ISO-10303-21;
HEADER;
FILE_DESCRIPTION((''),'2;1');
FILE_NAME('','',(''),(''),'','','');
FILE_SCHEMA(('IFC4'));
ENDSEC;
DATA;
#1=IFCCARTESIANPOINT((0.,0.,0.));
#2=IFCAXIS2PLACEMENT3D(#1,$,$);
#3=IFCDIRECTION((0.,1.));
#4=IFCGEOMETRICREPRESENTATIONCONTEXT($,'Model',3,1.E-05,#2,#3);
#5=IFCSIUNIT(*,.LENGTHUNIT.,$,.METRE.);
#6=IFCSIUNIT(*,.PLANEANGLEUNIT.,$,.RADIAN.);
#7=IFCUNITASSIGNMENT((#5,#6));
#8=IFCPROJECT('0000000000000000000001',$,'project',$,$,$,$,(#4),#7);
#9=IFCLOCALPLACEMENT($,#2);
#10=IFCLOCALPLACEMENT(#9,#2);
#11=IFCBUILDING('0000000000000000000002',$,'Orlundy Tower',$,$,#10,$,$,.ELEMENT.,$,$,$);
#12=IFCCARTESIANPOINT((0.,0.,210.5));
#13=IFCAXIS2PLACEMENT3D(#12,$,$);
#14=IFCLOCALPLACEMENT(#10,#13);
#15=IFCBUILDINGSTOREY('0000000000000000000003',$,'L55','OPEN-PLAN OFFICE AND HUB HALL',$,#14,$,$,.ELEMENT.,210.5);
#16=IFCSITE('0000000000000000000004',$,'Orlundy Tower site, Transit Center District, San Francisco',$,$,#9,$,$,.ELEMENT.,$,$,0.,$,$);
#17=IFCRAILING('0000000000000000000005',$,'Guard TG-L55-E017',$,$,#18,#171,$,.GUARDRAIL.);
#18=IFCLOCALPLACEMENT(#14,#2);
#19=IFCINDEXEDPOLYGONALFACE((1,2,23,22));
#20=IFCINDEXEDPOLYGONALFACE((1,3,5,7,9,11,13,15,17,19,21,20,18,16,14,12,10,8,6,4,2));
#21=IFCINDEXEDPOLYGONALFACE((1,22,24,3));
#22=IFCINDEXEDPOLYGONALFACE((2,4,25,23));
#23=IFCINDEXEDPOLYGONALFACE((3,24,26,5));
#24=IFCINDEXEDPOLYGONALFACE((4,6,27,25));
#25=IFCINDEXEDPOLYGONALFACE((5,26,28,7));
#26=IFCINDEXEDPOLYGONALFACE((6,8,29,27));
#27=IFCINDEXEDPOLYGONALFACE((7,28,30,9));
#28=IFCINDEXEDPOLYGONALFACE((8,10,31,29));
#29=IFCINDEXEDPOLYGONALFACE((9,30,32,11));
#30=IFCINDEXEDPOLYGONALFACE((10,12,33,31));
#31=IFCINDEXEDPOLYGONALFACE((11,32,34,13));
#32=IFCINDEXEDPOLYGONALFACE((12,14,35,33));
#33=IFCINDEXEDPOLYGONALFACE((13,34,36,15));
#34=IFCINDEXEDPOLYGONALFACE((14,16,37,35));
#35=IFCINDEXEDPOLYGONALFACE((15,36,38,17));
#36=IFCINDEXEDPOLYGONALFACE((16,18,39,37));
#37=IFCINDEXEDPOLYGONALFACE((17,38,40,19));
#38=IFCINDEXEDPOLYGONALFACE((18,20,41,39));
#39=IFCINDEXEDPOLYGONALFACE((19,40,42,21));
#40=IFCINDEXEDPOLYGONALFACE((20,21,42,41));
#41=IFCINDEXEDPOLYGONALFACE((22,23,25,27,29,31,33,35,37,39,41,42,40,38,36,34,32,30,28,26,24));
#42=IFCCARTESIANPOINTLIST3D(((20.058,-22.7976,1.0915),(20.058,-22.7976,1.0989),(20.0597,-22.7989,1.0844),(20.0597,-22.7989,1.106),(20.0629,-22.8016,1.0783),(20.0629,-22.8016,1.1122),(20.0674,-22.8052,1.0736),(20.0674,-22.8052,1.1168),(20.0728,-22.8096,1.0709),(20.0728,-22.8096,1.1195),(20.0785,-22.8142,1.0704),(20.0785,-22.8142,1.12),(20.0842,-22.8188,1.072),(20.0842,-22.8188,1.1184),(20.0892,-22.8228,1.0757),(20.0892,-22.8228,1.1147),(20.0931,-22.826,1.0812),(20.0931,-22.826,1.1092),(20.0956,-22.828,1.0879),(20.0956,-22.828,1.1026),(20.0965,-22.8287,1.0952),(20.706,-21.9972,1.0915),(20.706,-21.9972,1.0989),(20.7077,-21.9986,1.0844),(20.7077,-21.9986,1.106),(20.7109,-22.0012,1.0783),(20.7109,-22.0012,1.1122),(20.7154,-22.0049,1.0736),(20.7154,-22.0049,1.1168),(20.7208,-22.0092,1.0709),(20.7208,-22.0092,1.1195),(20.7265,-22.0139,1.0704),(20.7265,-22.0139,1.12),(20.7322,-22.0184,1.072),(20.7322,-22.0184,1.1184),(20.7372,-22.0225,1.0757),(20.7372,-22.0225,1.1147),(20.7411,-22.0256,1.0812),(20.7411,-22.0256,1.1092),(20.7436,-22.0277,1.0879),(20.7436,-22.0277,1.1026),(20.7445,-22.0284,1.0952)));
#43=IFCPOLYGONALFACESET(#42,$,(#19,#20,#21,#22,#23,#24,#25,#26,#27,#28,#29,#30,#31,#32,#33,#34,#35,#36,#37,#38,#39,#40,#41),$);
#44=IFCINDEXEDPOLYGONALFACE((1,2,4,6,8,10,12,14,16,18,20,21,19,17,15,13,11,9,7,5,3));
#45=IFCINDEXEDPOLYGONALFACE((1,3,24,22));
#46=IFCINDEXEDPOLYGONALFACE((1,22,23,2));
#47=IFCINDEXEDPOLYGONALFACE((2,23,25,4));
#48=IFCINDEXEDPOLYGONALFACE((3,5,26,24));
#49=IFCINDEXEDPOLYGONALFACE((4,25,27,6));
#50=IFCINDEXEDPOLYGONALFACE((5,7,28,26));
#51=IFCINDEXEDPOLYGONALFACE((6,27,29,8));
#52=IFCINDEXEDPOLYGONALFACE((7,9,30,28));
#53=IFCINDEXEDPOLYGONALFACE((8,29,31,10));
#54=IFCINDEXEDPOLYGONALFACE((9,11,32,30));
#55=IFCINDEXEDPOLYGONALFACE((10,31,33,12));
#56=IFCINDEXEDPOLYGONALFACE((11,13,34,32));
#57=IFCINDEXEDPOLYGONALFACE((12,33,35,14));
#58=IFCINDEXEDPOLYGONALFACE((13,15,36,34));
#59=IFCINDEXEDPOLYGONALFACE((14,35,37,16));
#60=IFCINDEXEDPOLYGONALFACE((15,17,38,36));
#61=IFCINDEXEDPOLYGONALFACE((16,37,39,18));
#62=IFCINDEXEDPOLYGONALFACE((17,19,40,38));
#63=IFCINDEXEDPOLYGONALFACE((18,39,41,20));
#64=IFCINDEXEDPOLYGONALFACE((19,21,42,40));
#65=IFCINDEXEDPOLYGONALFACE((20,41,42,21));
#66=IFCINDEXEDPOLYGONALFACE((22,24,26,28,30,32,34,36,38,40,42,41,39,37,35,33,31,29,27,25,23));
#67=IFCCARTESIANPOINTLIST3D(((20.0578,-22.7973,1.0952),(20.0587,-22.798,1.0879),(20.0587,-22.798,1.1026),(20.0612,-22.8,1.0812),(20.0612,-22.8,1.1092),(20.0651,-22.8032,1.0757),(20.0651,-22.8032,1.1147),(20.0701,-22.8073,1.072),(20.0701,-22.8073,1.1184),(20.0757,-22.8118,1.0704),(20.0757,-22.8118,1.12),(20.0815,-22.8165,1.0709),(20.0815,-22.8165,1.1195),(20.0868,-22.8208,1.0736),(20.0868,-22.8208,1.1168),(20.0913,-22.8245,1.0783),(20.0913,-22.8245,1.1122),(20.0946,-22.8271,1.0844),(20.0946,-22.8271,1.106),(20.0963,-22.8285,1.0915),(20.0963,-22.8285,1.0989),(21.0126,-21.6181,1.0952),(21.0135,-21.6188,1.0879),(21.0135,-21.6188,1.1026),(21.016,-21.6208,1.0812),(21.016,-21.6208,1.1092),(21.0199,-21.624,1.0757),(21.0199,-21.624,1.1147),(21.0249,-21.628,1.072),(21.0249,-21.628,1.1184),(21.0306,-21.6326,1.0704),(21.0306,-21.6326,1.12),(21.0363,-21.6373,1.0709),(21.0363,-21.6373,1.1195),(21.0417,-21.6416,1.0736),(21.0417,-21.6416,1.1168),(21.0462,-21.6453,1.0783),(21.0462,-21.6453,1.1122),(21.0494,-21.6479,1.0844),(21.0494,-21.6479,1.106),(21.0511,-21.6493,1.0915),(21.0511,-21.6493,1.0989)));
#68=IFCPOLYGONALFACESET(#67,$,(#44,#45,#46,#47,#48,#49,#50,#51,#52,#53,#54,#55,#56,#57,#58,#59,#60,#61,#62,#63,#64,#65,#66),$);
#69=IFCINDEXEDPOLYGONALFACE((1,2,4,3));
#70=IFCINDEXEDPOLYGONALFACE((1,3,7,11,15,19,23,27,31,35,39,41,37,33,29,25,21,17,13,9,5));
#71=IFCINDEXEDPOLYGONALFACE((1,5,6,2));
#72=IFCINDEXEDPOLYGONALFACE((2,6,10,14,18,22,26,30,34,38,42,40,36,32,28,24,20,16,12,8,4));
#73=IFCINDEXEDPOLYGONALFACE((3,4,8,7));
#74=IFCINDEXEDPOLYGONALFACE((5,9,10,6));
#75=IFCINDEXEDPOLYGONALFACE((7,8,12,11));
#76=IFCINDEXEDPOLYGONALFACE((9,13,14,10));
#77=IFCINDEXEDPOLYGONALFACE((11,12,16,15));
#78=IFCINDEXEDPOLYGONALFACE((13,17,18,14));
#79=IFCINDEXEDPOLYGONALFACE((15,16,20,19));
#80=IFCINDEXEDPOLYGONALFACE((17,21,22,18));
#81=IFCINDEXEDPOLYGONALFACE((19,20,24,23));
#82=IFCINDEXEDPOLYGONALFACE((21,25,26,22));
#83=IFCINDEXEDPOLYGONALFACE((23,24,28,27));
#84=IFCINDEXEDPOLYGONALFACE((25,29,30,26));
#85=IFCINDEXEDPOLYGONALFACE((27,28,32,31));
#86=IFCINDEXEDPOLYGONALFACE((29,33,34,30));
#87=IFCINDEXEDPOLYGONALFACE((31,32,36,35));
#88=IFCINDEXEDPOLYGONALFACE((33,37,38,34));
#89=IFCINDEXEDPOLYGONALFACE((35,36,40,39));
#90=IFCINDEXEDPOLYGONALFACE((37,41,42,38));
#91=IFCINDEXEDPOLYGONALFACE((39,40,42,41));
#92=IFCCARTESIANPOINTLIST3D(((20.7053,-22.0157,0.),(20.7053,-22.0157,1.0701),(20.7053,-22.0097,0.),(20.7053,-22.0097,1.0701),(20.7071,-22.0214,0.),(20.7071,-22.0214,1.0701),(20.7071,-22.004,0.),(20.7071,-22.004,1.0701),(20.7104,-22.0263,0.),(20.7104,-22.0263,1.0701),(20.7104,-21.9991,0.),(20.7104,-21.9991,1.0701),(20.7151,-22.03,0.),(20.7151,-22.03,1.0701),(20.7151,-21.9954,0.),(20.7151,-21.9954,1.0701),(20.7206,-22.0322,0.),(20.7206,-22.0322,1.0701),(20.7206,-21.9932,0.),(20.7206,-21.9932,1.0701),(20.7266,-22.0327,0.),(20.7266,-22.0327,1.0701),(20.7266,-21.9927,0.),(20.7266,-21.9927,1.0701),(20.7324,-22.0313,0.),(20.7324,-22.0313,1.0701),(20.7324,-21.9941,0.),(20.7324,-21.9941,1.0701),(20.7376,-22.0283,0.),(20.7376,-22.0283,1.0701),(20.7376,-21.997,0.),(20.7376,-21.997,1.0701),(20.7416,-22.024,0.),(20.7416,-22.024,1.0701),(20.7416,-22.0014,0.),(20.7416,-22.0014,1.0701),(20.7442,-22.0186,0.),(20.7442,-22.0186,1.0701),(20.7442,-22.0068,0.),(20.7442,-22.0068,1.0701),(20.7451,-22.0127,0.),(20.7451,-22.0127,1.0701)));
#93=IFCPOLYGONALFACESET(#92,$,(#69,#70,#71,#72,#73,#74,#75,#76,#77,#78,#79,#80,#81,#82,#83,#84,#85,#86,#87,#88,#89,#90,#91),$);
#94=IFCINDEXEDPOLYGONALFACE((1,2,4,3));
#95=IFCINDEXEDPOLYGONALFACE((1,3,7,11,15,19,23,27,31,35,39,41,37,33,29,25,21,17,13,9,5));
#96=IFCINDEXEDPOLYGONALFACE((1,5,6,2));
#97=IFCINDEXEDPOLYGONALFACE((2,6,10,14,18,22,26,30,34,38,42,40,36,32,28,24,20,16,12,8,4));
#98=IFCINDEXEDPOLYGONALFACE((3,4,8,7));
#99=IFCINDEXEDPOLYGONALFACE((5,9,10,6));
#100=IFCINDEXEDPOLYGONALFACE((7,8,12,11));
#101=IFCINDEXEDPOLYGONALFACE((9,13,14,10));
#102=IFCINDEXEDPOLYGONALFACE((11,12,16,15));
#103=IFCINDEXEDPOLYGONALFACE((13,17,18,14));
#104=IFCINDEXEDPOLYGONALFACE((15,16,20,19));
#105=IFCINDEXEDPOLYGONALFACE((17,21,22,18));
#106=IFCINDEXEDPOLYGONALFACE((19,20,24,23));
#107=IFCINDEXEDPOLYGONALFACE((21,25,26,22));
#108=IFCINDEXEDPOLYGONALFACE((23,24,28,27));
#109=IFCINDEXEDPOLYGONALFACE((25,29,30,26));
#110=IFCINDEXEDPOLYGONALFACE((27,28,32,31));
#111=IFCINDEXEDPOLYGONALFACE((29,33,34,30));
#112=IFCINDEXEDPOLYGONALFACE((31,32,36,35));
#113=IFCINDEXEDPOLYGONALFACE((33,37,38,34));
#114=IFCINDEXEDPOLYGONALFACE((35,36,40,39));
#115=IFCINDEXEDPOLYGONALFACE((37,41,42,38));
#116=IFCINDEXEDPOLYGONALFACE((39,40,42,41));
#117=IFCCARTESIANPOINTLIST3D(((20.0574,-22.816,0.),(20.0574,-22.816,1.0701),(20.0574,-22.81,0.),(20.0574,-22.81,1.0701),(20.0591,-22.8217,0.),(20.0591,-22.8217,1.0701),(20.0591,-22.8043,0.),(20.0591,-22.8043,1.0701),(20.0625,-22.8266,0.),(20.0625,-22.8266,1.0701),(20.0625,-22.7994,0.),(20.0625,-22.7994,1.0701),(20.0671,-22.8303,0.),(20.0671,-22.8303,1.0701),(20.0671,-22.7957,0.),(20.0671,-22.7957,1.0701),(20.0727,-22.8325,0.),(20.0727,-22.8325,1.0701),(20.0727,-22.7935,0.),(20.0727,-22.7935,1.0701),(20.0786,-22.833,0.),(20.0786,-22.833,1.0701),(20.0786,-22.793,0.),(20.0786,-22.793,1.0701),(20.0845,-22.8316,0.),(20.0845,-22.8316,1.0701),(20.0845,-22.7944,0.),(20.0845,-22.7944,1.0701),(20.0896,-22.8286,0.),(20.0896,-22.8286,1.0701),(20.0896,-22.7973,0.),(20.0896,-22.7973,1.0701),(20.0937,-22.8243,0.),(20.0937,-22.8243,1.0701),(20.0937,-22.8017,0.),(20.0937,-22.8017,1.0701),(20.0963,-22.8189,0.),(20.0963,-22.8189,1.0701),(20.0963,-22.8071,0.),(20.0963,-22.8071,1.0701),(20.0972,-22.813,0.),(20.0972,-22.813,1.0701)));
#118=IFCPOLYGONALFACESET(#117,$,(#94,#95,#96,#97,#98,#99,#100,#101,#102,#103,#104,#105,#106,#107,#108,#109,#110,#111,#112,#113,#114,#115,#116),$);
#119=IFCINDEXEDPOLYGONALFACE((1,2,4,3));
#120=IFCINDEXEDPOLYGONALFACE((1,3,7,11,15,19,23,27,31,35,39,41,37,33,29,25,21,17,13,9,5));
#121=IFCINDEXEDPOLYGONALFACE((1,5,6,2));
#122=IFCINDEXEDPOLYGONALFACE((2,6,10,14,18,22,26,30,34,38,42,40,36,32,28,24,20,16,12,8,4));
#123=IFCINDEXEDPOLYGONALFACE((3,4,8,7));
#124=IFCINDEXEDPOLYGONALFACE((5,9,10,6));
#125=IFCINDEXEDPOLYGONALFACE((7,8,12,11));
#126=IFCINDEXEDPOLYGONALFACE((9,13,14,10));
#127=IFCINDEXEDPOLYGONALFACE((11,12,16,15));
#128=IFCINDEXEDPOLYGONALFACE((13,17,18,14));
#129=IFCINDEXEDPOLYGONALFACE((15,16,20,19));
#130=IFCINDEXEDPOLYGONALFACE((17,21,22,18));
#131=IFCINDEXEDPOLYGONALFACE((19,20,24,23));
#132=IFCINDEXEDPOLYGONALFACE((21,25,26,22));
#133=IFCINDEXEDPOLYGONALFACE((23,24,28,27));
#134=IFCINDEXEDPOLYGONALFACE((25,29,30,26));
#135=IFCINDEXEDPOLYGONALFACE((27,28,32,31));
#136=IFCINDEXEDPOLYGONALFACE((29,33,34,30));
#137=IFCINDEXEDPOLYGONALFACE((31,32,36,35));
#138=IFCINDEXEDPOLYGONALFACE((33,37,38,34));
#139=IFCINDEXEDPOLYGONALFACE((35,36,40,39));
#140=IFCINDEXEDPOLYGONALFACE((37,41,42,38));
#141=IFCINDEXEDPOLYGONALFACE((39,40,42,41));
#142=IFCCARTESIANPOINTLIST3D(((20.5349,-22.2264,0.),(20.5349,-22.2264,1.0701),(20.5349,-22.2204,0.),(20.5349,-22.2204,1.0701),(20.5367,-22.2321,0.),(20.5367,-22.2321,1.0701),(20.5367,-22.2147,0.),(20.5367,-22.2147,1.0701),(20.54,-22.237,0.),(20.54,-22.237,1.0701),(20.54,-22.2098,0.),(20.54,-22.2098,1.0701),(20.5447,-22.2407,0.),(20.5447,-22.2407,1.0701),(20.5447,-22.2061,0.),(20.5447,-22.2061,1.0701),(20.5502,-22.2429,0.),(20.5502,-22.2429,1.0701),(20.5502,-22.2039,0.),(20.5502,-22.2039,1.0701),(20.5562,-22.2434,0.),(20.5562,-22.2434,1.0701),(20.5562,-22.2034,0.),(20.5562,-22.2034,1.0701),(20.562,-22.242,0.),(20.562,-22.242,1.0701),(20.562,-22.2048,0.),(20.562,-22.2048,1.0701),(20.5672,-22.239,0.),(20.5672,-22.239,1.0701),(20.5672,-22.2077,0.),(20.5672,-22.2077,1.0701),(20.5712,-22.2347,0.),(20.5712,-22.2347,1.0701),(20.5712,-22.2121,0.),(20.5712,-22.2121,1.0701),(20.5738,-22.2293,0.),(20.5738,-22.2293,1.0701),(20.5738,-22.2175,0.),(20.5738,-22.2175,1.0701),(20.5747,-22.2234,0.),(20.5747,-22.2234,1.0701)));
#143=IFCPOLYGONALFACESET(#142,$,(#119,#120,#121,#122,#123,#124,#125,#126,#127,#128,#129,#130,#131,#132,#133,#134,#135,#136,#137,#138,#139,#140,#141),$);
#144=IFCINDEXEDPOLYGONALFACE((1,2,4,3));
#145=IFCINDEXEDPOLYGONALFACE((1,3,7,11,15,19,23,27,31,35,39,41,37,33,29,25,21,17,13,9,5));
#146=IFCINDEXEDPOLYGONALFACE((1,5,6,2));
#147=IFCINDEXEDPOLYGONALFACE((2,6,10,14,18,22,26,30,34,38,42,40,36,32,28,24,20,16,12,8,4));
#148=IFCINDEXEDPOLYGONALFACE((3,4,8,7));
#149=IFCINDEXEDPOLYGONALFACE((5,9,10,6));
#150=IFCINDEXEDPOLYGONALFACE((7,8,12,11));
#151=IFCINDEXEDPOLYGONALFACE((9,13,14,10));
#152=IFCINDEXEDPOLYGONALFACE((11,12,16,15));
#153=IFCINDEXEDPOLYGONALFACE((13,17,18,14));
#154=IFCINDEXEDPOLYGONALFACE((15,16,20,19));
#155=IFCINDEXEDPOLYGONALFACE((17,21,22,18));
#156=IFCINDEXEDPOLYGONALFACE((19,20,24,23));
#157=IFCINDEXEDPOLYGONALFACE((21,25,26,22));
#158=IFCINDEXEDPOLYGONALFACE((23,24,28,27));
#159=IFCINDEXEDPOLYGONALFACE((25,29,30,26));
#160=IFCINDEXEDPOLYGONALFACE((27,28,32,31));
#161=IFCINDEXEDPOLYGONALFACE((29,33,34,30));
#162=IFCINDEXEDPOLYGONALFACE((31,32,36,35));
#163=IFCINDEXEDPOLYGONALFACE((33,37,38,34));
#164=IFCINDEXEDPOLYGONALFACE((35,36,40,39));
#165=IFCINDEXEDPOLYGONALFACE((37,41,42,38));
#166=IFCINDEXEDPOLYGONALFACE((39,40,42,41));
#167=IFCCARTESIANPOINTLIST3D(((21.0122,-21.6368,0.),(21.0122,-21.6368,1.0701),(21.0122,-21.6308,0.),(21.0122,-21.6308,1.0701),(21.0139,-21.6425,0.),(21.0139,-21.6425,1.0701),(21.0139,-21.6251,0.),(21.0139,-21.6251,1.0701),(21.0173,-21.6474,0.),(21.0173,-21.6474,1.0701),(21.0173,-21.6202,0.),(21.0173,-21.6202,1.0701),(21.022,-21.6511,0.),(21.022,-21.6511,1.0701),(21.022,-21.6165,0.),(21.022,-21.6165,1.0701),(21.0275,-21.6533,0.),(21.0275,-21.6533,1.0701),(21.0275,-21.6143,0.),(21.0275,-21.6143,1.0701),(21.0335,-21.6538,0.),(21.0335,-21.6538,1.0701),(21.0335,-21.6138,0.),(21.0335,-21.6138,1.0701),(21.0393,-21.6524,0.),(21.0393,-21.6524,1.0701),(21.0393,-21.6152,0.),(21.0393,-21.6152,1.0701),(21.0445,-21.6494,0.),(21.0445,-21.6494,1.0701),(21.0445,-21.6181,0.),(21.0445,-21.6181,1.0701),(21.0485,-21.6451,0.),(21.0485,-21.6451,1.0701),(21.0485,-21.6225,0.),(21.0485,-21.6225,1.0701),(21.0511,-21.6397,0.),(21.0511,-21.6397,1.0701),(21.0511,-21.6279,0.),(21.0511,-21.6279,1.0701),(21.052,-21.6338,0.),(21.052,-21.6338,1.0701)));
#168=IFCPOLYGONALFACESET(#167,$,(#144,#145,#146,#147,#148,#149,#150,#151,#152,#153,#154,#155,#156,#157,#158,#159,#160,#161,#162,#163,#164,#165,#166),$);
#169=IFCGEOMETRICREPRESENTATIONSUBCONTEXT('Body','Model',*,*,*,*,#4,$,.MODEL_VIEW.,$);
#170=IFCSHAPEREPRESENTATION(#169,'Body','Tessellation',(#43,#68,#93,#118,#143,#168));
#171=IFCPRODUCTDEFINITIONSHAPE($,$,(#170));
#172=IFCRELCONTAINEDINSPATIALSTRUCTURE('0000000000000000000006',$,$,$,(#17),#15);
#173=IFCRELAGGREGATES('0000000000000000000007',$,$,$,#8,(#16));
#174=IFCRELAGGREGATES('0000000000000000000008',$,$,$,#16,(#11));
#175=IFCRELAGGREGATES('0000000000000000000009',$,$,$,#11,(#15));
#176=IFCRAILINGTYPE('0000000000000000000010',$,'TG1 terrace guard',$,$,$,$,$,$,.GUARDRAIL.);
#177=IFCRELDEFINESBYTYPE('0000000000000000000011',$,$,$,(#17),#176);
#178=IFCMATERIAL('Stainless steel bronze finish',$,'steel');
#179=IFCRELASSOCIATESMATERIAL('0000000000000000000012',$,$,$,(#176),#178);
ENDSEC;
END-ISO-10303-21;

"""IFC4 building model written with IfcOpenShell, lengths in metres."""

from ifc_helpers import new_model, si_unit, direction, frame, origin, origin_2d, place, context, subcontext, project, spatial, circle, extrude, material, type_object, element, save


model = new_model("IFC4")

# Units and contexts
model_context = context("Model", 3, precision=1e-05, world=origin(), true_north=direction((0.0, 1.0)))
body_context = subcontext(model_context, "Body", "Model", "MODEL_VIEW")
ifc_project = project(units=[si_unit("LENGTHUNIT", "METRE"), si_unit("PLANEANGLEUNIT", "RADIAN")], contexts=[model_context])

# Site, building, storey
site_placement = place(None, origin())
site = spatial("IfcSite", under=ifc_project, at=site_placement, Name="Orlundy Tower site, Transit Center District, San Francisco", CompositionType="ELEMENT", RefElevation=0.0)
building_placement = place(site_placement, origin())
building = spatial("IfcBuilding", under=site, at=building_placement, Name="Orlundy Tower", CompositionType="ELEMENT")
storey_placement = place(building_placement, frame((0.0, 0.0, 210.5)))
storey = spatial("IfcBuildingStorey", under=building, at=storey_placement, Name="L55", Description="OPEN-PLAN OFFICE AND HUB HALL", CompositionType="ELEMENT", Elevation=210.5)

# Railing
ifc_material_1 = material(Name="Stainless steel bronze finish", Category="steel")
railing_type_1 = type_object("IfcRailingType", Name="TG1 terrace guard", PredefinedType="GUARDRAIL", material=ifc_material_1)
railing_1_placement = place(storey_placement, frame((20.7251, -22.0127, 0.0)))
element("IfcRailing", 1, at=railing_1_placement, inside=storey, type_object=railing_type_1, Name="Guard TG-L55-E017", PredefinedType="GUARDRAIL", context=body_context, shape_type="SweptSolid", body=[
    extrude(circle(Radius=0.0249, at=origin_2d()), frame((0.0, 0.0, 1.0952), z_axis=(-0.629253, -0.777201, 0.0), x_axis=(0.777201, -0.629253, 0.0)), (0.0, 0.0, 1.0), 1.0298),
    extrude(circle(Radius=0.0249, at=origin_2d()), frame((-0.6479, -0.8003, 1.0952), z_axis=(0.629295, 0.777166, 0.0), x_axis=(-0.777166, 0.629295, 0.0)), (0.0, 0.0, 1.0), 1.5173),
    extrude(circle(Radius=0.02, at=origin_2d()), origin(), (0.0, 0.0, 1.0), 1.0701),
    extrude(circle(Radius=0.02, at=origin_2d()), frame((-0.6479, -0.8003, 0.0)), (0.0, 0.0, 1.0), 1.0701),
    extrude(circle(Radius=0.02, at=origin_2d()), frame((-0.1704, -0.2107, 0.0)), (0.0, 0.0, 1.0), 1.0701),
    extrude(circle(Radius=0.02, at=origin_2d()), frame((0.3069, 0.3789, 0.0)), (0.0, 0.0, 1.0), 1.0701),
])

save(model, "model.ifc")
